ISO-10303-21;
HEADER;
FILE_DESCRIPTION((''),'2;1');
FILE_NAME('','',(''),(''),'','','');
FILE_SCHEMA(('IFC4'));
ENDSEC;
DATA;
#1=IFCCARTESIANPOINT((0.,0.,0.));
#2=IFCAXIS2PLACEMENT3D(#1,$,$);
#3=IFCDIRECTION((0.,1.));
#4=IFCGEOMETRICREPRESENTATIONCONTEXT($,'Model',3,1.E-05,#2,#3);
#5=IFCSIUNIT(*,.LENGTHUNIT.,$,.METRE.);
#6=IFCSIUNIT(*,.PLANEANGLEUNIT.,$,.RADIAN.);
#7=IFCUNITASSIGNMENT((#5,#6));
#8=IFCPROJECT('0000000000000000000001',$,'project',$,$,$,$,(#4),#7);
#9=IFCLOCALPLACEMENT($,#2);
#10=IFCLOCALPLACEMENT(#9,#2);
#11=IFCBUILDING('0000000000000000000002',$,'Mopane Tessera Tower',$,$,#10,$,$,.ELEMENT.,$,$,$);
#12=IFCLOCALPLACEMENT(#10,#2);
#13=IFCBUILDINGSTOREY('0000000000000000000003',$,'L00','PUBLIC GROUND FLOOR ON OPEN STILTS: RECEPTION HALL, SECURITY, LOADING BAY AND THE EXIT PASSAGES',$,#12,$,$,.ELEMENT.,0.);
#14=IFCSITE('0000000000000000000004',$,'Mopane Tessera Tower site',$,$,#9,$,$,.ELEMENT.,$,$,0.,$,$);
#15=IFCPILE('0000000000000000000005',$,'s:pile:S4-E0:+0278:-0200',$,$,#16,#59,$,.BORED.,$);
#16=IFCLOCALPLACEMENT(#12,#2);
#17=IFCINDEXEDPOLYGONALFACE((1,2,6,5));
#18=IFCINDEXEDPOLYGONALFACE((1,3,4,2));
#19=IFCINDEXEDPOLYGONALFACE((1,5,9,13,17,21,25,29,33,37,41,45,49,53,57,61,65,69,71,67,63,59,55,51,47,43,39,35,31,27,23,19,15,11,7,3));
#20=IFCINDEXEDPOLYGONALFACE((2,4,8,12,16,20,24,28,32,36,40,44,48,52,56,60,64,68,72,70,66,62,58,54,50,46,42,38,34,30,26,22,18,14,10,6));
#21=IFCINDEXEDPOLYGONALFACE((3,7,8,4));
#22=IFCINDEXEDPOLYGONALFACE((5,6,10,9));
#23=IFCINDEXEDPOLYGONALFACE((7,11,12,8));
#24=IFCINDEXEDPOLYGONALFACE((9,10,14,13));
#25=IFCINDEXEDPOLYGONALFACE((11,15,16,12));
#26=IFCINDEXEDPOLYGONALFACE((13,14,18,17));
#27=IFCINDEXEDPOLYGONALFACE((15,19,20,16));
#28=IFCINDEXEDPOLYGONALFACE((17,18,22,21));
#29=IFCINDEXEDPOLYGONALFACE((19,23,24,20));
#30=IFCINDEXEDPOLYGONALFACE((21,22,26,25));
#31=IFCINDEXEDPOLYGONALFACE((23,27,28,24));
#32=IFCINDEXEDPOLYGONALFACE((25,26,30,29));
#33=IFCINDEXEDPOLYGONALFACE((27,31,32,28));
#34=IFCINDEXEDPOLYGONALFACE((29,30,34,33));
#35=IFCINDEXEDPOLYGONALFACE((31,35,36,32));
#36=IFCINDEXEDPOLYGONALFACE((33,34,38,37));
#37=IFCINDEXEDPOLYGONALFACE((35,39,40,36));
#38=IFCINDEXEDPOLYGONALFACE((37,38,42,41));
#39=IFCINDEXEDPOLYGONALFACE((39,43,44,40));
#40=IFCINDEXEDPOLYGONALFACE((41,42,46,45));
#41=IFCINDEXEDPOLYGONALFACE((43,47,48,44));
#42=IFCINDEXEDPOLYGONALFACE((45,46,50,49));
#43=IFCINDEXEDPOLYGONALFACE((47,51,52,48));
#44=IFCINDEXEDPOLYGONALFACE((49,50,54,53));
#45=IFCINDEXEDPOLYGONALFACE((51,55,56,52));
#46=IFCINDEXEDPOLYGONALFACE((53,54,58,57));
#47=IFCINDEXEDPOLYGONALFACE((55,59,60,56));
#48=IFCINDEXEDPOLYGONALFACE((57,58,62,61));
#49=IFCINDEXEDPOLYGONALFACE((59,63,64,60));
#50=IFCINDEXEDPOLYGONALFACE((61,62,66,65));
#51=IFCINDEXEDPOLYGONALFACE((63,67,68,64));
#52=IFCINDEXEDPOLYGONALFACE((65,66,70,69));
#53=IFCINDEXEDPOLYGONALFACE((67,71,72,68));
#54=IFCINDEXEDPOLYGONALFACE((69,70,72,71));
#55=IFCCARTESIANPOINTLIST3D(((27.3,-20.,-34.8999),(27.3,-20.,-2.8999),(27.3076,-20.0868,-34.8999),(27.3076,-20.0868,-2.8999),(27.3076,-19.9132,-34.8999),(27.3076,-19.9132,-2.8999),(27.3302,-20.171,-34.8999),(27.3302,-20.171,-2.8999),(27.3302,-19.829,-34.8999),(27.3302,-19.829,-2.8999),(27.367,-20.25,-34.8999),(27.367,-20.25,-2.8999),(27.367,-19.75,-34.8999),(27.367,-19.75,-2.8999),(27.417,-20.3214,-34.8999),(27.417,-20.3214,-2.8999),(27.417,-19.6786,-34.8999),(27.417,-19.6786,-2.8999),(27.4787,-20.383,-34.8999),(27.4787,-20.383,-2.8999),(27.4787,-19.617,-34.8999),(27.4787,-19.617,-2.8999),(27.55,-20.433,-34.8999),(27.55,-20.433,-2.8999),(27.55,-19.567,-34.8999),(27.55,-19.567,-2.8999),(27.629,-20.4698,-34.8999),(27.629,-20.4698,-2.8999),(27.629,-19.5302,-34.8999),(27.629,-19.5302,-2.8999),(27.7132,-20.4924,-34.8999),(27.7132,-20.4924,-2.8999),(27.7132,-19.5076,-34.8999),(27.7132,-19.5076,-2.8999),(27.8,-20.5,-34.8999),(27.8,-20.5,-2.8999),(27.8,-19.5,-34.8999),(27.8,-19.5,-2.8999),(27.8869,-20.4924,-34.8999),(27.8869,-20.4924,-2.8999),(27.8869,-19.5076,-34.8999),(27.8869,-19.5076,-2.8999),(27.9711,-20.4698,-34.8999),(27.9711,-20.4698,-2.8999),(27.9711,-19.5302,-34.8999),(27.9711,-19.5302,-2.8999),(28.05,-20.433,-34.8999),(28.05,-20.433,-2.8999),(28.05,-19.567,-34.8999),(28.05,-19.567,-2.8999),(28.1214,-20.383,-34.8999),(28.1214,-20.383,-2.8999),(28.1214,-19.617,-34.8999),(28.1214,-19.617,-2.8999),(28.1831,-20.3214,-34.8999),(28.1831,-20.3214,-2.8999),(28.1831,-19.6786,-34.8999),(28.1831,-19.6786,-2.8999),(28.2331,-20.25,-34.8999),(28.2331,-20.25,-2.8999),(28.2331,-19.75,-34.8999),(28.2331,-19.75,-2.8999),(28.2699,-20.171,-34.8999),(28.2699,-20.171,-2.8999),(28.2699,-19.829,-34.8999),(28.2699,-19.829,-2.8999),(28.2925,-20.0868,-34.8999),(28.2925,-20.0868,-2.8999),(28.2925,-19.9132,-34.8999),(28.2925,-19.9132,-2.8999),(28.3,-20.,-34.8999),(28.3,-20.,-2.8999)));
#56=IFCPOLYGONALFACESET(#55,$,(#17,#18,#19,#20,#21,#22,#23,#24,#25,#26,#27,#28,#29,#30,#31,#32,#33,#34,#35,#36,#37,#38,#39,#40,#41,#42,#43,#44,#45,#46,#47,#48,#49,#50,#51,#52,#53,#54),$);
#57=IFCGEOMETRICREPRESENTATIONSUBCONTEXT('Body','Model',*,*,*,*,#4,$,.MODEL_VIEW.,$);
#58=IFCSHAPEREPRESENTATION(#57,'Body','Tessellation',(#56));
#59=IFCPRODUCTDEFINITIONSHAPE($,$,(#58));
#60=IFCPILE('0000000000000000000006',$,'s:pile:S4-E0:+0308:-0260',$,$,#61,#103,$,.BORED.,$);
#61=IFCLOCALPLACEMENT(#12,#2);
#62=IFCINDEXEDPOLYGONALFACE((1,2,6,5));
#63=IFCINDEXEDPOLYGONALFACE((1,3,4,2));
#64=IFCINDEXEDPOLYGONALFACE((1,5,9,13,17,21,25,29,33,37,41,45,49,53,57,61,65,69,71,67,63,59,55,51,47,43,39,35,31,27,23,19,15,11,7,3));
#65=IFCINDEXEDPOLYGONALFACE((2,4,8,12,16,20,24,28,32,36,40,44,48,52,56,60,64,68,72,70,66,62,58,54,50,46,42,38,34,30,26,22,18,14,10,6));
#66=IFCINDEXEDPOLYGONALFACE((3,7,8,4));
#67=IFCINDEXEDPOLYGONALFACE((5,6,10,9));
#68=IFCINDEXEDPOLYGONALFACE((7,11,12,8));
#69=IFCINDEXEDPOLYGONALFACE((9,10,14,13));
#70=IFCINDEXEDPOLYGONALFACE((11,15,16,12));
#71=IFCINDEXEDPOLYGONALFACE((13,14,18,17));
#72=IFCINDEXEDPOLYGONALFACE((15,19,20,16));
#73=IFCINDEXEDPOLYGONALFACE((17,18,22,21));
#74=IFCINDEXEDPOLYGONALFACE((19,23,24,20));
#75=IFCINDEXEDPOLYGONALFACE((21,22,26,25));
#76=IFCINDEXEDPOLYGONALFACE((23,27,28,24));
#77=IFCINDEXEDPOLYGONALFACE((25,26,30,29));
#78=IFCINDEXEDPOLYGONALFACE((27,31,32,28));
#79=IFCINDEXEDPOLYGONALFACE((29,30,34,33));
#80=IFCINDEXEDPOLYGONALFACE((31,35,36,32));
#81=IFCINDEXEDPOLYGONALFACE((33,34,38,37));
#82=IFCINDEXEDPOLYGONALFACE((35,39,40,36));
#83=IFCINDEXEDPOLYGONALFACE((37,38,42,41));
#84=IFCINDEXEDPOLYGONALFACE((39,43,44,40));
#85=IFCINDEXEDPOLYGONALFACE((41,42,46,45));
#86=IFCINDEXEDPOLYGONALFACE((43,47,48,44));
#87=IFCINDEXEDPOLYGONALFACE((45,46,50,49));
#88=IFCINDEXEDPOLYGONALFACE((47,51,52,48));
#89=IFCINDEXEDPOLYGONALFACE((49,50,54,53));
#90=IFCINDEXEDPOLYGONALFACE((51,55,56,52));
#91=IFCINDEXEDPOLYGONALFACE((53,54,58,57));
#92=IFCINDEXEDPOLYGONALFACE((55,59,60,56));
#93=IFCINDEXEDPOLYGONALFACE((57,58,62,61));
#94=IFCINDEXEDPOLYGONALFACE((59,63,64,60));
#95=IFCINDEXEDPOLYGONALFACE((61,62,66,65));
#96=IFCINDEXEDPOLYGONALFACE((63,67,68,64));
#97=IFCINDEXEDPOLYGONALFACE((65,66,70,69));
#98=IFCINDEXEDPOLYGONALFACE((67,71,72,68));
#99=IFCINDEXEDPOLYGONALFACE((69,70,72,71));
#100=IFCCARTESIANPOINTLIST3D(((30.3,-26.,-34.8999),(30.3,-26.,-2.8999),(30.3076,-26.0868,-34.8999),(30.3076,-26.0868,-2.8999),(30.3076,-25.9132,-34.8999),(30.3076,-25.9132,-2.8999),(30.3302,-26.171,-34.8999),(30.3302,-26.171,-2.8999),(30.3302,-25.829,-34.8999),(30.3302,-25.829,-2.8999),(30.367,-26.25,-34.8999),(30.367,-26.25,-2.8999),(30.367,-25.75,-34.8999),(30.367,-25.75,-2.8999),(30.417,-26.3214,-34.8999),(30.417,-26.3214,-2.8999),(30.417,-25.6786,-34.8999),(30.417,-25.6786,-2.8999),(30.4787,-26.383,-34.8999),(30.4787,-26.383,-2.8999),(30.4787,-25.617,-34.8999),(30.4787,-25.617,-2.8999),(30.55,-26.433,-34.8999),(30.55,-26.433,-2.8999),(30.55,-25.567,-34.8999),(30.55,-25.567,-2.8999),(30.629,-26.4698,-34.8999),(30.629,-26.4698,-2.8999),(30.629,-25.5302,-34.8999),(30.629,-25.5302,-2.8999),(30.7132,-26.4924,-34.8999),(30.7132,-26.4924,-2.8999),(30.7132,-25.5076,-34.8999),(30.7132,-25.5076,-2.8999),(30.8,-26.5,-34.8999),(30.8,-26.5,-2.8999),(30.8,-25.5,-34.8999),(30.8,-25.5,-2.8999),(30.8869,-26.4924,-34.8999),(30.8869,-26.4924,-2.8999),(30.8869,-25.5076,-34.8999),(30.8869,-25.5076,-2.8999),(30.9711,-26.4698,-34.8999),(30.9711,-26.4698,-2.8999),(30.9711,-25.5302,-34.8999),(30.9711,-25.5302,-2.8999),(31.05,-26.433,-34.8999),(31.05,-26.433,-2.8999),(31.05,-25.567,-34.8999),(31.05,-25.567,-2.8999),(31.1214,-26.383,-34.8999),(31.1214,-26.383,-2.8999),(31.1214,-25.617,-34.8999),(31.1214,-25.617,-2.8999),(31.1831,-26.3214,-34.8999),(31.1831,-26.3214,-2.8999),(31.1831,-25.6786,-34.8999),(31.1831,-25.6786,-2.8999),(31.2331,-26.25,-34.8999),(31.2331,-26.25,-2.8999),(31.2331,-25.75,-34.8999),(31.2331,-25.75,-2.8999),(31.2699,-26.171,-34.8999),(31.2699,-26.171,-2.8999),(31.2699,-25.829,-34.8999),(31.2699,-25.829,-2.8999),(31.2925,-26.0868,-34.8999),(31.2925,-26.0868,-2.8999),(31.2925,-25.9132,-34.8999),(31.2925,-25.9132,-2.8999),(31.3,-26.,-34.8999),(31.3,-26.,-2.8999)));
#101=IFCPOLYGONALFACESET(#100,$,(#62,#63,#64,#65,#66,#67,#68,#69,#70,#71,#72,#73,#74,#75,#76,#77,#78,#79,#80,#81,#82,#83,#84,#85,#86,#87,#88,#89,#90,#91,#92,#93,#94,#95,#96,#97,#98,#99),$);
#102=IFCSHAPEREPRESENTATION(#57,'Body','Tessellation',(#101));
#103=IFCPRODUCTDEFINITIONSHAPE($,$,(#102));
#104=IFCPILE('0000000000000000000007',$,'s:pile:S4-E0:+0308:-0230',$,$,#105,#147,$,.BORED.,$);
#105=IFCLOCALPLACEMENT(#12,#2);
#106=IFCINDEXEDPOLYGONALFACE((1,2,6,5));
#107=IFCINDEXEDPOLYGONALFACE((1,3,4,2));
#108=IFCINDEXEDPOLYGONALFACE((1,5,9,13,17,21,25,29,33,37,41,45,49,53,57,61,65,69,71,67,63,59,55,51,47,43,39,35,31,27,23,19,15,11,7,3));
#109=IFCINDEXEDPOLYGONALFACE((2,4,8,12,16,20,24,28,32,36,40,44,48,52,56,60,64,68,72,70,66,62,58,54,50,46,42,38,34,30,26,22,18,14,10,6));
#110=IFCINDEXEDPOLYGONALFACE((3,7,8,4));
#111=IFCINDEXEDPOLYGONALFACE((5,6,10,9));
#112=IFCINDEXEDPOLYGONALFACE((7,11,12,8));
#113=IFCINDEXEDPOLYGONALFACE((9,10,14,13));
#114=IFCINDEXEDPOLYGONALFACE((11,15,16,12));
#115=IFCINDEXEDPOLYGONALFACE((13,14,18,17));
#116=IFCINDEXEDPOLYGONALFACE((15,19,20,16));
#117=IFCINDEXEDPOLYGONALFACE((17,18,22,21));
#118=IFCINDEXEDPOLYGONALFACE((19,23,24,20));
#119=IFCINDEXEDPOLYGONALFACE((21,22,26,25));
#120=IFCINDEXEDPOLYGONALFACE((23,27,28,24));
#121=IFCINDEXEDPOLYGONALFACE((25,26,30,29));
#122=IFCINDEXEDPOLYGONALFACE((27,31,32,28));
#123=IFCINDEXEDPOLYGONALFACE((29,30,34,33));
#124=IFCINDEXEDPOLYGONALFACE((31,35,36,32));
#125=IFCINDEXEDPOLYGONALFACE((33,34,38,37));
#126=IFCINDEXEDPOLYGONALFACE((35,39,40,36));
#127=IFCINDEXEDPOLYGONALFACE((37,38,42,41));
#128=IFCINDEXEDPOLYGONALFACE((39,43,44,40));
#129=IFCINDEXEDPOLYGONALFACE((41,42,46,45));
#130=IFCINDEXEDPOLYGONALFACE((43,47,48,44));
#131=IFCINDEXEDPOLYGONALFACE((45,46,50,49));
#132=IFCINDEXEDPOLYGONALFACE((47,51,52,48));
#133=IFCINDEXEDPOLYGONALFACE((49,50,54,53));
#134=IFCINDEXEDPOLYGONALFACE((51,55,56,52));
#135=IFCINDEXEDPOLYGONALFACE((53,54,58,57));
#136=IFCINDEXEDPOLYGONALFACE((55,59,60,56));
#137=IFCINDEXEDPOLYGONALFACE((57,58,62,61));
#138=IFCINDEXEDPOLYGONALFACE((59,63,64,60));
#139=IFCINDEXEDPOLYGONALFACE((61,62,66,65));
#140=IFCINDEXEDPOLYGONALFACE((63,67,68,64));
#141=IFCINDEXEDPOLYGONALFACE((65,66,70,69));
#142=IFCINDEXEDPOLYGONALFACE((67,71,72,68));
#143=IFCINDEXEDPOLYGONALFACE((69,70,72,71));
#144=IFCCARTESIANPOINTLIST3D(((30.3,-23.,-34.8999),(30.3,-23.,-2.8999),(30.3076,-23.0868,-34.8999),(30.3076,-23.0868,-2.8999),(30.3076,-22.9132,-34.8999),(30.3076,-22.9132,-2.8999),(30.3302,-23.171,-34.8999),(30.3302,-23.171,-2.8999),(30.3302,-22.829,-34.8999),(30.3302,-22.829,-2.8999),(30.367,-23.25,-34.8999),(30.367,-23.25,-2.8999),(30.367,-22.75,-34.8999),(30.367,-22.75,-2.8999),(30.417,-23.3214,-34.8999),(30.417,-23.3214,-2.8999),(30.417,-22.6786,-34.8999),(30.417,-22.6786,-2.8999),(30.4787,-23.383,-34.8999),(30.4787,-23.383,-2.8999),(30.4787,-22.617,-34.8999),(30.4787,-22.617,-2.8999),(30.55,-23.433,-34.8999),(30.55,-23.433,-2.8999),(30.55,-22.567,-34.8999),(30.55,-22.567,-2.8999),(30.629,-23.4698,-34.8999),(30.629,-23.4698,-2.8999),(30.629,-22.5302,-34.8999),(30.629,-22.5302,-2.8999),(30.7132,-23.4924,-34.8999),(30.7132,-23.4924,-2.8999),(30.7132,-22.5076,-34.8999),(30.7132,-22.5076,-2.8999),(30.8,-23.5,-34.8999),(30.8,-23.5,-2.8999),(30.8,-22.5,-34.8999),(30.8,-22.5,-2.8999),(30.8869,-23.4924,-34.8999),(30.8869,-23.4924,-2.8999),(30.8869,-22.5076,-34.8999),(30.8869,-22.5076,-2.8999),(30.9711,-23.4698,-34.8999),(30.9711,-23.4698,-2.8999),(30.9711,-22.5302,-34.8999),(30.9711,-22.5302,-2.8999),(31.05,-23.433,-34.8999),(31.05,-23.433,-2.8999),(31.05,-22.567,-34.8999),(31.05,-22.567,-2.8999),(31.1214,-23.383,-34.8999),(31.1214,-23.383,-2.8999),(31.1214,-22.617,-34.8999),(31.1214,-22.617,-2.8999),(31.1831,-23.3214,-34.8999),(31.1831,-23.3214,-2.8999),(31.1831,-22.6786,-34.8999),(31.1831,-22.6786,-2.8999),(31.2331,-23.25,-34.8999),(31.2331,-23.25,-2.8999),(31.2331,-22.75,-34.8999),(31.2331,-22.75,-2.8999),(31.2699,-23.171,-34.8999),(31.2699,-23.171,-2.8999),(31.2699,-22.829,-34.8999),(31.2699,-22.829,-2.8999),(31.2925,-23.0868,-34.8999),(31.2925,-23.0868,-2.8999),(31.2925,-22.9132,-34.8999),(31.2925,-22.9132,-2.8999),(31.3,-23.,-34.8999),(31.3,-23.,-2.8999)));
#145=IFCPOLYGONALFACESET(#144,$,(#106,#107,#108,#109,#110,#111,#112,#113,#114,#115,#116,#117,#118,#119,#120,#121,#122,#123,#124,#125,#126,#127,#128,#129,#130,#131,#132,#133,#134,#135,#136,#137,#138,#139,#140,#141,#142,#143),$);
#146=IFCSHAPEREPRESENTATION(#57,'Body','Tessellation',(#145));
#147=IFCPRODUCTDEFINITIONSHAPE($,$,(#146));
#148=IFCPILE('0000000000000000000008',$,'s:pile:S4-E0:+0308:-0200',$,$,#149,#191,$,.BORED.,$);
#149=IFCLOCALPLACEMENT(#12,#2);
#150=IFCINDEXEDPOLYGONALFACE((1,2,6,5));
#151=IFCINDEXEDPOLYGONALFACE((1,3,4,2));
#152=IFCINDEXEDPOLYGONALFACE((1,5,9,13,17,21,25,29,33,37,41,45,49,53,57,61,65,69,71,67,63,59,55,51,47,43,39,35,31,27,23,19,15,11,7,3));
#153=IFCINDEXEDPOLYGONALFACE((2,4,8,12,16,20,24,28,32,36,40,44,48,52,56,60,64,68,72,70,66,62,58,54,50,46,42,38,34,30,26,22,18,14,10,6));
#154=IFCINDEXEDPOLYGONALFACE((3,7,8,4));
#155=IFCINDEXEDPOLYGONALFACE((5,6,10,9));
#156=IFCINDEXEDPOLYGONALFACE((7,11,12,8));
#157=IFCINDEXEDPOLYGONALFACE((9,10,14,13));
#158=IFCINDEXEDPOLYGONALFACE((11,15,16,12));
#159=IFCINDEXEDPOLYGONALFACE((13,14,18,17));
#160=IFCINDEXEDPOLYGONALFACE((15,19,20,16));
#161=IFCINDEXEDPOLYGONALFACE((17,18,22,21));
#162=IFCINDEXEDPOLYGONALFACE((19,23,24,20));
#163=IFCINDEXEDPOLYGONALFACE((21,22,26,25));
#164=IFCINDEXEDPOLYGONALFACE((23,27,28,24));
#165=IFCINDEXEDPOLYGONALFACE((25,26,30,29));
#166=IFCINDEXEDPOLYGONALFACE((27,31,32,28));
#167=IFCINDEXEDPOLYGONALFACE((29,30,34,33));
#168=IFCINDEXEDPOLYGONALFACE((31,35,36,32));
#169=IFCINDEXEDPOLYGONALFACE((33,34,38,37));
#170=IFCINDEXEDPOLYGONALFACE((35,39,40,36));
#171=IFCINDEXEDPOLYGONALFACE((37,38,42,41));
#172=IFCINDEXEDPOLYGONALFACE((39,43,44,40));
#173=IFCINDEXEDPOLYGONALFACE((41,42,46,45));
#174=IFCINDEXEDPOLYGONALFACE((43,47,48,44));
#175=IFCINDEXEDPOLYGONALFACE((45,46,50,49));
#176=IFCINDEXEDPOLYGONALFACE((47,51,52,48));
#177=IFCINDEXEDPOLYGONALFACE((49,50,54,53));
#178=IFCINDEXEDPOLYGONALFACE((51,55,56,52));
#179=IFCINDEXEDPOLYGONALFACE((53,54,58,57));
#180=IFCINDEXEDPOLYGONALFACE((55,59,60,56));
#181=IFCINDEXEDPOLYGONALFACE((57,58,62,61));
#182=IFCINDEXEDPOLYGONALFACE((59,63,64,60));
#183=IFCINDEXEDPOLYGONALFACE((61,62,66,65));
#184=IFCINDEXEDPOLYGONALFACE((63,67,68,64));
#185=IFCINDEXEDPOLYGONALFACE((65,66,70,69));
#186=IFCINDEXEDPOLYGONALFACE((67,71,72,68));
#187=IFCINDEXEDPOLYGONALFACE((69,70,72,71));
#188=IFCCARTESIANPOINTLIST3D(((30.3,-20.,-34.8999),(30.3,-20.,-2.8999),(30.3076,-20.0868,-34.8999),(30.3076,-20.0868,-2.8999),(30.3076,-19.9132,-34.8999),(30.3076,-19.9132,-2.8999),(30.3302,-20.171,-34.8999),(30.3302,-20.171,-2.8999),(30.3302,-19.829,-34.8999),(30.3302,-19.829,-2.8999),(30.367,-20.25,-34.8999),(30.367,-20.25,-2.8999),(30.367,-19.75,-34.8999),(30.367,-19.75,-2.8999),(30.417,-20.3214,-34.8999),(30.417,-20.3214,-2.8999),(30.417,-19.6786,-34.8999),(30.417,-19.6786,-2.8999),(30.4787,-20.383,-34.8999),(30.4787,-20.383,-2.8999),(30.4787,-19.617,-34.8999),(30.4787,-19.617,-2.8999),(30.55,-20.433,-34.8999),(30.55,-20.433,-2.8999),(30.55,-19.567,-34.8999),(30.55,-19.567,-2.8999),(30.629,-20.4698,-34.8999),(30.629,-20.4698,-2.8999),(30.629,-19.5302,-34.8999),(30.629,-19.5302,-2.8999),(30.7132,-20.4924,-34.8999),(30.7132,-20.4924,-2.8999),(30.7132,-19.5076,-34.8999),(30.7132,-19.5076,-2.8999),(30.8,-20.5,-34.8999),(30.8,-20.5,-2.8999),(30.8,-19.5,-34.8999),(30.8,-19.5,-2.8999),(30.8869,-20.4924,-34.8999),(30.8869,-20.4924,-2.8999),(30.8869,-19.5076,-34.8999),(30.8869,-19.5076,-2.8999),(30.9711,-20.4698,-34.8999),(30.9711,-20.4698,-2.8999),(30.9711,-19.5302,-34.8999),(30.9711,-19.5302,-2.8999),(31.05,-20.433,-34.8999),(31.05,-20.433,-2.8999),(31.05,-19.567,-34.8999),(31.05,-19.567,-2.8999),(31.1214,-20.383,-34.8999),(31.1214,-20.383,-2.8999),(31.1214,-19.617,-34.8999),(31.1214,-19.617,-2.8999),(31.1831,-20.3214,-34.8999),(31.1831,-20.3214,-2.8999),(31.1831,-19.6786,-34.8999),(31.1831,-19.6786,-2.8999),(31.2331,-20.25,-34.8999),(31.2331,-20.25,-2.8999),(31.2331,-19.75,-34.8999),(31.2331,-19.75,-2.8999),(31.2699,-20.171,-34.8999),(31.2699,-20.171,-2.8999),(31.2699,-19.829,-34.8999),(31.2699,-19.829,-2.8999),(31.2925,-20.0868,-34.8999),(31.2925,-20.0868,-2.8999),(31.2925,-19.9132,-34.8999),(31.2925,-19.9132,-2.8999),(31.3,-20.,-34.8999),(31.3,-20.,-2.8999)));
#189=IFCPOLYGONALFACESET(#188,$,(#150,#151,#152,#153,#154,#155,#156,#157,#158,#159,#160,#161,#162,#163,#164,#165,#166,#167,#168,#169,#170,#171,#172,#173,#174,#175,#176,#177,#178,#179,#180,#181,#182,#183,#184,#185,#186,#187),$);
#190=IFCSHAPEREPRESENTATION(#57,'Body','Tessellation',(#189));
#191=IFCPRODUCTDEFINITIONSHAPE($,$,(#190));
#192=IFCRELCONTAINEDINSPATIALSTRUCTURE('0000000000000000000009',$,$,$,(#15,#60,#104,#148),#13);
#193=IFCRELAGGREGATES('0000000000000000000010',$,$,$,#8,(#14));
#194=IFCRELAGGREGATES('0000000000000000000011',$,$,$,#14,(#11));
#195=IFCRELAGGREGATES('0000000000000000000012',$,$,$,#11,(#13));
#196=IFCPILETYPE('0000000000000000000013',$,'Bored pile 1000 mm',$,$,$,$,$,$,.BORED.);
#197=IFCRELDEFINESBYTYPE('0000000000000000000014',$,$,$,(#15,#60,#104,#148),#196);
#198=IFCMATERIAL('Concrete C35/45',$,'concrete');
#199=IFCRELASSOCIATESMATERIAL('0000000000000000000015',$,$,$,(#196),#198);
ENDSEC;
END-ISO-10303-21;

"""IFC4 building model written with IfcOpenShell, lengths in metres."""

from ifc_helpers import new_model, si_unit, direction, frame, origin, origin_2d, place, context, subcontext, project, spatial, circle, extrude, material, material_profile, profile_set, type_object, element, save


model = new_model("IFC4")

# Units and contexts
model_context = context("Model", 3, precision=1e-05, world=origin(), true_north=direction((0.0, 1.0)))
body_context = subcontext(model_context, "Body", "Model", "MODEL_VIEW")
ifc_project = project(units=[si_unit("LENGTHUNIT", "METRE"), si_unit("PLANEANGLEUNIT", "RADIAN")], contexts=[model_context])

# Site, building, storey
site_placement = place(None, origin())
site = spatial("IfcSite", under=ifc_project, at=site_placement, Name="Mopane Tessera Tower site", CompositionType="ELEMENT", RefElevation=0.0)
building_placement = place(site_placement, origin())
building = spatial("IfcBuilding", under=site, at=building_placement, Name="Mopane Tessera Tower", CompositionType="ELEMENT")
storey_placement = place(building_placement, origin())
storey = spatial("IfcBuildingStorey", under=building, at=storey_placement, Name="L00", Description="PUBLIC GROUND FLOOR ON OPEN STILTS: RECEPTION HALL, SECURITY, LOADING BAY AND THE EXIT PASSAGES", CompositionType="ELEMENT", Elevation=0.0)

# Piles
ifc_material_1 = material(Name="Concrete C35/45", Category="concrete")
ifc_material_profile_1 = material_profile(ifc_material_1, circle(Radius=0.5, at=origin_2d()))
ifc_profile_set_1 = profile_set([ifc_material_profile_1], Name="Concrete C35/45")
pile_type_1 = type_object("IfcPileType", Name="Bored pile 1000 mm", PredefinedType="BORED", material=ifc_profile_set_1)
for number, where, z_axis, x_axis, name in (
    (1, (27.8, -20.0, -2.8999), (0.0, 0.0, -1.0), (1.0, 0.0, 0.0), "s:pile:S4-E0:+0278:-0200"),
    (2, (30.8, -26.0, -2.8999), (0.0, 0.0, -1.0), (1.0, 0.0, 0.0), "s:pile:S4-E0:+0308:-0260"),
    (3, (30.8, -23.0, -2.8999), (0.0, 0.0, -1.0), (1.0, 0.0, 0.0), "s:pile:S4-E0:+0308:-0230"),
    (4, (30.8, -20.0, -2.8999), (0.0, 0.0, -1.0), (1.0, 0.0, 0.0), "s:pile:S4-E0:+0308:-0200"),
):
    element("IfcPile", number, at=place(storey_placement, frame(where, z_axis=z_axis, x_axis=x_axis)), inside=storey, type_object=pile_type_1, Name=name, PredefinedType="BORED", context=body_context, shape_type="SweptSolid", body=[
        extrude(circle(Radius=0.5, at=origin_2d()), origin(), (0.0, 0.0, 1.0), 32.0),
    ])

save(model, "model.ifc")
